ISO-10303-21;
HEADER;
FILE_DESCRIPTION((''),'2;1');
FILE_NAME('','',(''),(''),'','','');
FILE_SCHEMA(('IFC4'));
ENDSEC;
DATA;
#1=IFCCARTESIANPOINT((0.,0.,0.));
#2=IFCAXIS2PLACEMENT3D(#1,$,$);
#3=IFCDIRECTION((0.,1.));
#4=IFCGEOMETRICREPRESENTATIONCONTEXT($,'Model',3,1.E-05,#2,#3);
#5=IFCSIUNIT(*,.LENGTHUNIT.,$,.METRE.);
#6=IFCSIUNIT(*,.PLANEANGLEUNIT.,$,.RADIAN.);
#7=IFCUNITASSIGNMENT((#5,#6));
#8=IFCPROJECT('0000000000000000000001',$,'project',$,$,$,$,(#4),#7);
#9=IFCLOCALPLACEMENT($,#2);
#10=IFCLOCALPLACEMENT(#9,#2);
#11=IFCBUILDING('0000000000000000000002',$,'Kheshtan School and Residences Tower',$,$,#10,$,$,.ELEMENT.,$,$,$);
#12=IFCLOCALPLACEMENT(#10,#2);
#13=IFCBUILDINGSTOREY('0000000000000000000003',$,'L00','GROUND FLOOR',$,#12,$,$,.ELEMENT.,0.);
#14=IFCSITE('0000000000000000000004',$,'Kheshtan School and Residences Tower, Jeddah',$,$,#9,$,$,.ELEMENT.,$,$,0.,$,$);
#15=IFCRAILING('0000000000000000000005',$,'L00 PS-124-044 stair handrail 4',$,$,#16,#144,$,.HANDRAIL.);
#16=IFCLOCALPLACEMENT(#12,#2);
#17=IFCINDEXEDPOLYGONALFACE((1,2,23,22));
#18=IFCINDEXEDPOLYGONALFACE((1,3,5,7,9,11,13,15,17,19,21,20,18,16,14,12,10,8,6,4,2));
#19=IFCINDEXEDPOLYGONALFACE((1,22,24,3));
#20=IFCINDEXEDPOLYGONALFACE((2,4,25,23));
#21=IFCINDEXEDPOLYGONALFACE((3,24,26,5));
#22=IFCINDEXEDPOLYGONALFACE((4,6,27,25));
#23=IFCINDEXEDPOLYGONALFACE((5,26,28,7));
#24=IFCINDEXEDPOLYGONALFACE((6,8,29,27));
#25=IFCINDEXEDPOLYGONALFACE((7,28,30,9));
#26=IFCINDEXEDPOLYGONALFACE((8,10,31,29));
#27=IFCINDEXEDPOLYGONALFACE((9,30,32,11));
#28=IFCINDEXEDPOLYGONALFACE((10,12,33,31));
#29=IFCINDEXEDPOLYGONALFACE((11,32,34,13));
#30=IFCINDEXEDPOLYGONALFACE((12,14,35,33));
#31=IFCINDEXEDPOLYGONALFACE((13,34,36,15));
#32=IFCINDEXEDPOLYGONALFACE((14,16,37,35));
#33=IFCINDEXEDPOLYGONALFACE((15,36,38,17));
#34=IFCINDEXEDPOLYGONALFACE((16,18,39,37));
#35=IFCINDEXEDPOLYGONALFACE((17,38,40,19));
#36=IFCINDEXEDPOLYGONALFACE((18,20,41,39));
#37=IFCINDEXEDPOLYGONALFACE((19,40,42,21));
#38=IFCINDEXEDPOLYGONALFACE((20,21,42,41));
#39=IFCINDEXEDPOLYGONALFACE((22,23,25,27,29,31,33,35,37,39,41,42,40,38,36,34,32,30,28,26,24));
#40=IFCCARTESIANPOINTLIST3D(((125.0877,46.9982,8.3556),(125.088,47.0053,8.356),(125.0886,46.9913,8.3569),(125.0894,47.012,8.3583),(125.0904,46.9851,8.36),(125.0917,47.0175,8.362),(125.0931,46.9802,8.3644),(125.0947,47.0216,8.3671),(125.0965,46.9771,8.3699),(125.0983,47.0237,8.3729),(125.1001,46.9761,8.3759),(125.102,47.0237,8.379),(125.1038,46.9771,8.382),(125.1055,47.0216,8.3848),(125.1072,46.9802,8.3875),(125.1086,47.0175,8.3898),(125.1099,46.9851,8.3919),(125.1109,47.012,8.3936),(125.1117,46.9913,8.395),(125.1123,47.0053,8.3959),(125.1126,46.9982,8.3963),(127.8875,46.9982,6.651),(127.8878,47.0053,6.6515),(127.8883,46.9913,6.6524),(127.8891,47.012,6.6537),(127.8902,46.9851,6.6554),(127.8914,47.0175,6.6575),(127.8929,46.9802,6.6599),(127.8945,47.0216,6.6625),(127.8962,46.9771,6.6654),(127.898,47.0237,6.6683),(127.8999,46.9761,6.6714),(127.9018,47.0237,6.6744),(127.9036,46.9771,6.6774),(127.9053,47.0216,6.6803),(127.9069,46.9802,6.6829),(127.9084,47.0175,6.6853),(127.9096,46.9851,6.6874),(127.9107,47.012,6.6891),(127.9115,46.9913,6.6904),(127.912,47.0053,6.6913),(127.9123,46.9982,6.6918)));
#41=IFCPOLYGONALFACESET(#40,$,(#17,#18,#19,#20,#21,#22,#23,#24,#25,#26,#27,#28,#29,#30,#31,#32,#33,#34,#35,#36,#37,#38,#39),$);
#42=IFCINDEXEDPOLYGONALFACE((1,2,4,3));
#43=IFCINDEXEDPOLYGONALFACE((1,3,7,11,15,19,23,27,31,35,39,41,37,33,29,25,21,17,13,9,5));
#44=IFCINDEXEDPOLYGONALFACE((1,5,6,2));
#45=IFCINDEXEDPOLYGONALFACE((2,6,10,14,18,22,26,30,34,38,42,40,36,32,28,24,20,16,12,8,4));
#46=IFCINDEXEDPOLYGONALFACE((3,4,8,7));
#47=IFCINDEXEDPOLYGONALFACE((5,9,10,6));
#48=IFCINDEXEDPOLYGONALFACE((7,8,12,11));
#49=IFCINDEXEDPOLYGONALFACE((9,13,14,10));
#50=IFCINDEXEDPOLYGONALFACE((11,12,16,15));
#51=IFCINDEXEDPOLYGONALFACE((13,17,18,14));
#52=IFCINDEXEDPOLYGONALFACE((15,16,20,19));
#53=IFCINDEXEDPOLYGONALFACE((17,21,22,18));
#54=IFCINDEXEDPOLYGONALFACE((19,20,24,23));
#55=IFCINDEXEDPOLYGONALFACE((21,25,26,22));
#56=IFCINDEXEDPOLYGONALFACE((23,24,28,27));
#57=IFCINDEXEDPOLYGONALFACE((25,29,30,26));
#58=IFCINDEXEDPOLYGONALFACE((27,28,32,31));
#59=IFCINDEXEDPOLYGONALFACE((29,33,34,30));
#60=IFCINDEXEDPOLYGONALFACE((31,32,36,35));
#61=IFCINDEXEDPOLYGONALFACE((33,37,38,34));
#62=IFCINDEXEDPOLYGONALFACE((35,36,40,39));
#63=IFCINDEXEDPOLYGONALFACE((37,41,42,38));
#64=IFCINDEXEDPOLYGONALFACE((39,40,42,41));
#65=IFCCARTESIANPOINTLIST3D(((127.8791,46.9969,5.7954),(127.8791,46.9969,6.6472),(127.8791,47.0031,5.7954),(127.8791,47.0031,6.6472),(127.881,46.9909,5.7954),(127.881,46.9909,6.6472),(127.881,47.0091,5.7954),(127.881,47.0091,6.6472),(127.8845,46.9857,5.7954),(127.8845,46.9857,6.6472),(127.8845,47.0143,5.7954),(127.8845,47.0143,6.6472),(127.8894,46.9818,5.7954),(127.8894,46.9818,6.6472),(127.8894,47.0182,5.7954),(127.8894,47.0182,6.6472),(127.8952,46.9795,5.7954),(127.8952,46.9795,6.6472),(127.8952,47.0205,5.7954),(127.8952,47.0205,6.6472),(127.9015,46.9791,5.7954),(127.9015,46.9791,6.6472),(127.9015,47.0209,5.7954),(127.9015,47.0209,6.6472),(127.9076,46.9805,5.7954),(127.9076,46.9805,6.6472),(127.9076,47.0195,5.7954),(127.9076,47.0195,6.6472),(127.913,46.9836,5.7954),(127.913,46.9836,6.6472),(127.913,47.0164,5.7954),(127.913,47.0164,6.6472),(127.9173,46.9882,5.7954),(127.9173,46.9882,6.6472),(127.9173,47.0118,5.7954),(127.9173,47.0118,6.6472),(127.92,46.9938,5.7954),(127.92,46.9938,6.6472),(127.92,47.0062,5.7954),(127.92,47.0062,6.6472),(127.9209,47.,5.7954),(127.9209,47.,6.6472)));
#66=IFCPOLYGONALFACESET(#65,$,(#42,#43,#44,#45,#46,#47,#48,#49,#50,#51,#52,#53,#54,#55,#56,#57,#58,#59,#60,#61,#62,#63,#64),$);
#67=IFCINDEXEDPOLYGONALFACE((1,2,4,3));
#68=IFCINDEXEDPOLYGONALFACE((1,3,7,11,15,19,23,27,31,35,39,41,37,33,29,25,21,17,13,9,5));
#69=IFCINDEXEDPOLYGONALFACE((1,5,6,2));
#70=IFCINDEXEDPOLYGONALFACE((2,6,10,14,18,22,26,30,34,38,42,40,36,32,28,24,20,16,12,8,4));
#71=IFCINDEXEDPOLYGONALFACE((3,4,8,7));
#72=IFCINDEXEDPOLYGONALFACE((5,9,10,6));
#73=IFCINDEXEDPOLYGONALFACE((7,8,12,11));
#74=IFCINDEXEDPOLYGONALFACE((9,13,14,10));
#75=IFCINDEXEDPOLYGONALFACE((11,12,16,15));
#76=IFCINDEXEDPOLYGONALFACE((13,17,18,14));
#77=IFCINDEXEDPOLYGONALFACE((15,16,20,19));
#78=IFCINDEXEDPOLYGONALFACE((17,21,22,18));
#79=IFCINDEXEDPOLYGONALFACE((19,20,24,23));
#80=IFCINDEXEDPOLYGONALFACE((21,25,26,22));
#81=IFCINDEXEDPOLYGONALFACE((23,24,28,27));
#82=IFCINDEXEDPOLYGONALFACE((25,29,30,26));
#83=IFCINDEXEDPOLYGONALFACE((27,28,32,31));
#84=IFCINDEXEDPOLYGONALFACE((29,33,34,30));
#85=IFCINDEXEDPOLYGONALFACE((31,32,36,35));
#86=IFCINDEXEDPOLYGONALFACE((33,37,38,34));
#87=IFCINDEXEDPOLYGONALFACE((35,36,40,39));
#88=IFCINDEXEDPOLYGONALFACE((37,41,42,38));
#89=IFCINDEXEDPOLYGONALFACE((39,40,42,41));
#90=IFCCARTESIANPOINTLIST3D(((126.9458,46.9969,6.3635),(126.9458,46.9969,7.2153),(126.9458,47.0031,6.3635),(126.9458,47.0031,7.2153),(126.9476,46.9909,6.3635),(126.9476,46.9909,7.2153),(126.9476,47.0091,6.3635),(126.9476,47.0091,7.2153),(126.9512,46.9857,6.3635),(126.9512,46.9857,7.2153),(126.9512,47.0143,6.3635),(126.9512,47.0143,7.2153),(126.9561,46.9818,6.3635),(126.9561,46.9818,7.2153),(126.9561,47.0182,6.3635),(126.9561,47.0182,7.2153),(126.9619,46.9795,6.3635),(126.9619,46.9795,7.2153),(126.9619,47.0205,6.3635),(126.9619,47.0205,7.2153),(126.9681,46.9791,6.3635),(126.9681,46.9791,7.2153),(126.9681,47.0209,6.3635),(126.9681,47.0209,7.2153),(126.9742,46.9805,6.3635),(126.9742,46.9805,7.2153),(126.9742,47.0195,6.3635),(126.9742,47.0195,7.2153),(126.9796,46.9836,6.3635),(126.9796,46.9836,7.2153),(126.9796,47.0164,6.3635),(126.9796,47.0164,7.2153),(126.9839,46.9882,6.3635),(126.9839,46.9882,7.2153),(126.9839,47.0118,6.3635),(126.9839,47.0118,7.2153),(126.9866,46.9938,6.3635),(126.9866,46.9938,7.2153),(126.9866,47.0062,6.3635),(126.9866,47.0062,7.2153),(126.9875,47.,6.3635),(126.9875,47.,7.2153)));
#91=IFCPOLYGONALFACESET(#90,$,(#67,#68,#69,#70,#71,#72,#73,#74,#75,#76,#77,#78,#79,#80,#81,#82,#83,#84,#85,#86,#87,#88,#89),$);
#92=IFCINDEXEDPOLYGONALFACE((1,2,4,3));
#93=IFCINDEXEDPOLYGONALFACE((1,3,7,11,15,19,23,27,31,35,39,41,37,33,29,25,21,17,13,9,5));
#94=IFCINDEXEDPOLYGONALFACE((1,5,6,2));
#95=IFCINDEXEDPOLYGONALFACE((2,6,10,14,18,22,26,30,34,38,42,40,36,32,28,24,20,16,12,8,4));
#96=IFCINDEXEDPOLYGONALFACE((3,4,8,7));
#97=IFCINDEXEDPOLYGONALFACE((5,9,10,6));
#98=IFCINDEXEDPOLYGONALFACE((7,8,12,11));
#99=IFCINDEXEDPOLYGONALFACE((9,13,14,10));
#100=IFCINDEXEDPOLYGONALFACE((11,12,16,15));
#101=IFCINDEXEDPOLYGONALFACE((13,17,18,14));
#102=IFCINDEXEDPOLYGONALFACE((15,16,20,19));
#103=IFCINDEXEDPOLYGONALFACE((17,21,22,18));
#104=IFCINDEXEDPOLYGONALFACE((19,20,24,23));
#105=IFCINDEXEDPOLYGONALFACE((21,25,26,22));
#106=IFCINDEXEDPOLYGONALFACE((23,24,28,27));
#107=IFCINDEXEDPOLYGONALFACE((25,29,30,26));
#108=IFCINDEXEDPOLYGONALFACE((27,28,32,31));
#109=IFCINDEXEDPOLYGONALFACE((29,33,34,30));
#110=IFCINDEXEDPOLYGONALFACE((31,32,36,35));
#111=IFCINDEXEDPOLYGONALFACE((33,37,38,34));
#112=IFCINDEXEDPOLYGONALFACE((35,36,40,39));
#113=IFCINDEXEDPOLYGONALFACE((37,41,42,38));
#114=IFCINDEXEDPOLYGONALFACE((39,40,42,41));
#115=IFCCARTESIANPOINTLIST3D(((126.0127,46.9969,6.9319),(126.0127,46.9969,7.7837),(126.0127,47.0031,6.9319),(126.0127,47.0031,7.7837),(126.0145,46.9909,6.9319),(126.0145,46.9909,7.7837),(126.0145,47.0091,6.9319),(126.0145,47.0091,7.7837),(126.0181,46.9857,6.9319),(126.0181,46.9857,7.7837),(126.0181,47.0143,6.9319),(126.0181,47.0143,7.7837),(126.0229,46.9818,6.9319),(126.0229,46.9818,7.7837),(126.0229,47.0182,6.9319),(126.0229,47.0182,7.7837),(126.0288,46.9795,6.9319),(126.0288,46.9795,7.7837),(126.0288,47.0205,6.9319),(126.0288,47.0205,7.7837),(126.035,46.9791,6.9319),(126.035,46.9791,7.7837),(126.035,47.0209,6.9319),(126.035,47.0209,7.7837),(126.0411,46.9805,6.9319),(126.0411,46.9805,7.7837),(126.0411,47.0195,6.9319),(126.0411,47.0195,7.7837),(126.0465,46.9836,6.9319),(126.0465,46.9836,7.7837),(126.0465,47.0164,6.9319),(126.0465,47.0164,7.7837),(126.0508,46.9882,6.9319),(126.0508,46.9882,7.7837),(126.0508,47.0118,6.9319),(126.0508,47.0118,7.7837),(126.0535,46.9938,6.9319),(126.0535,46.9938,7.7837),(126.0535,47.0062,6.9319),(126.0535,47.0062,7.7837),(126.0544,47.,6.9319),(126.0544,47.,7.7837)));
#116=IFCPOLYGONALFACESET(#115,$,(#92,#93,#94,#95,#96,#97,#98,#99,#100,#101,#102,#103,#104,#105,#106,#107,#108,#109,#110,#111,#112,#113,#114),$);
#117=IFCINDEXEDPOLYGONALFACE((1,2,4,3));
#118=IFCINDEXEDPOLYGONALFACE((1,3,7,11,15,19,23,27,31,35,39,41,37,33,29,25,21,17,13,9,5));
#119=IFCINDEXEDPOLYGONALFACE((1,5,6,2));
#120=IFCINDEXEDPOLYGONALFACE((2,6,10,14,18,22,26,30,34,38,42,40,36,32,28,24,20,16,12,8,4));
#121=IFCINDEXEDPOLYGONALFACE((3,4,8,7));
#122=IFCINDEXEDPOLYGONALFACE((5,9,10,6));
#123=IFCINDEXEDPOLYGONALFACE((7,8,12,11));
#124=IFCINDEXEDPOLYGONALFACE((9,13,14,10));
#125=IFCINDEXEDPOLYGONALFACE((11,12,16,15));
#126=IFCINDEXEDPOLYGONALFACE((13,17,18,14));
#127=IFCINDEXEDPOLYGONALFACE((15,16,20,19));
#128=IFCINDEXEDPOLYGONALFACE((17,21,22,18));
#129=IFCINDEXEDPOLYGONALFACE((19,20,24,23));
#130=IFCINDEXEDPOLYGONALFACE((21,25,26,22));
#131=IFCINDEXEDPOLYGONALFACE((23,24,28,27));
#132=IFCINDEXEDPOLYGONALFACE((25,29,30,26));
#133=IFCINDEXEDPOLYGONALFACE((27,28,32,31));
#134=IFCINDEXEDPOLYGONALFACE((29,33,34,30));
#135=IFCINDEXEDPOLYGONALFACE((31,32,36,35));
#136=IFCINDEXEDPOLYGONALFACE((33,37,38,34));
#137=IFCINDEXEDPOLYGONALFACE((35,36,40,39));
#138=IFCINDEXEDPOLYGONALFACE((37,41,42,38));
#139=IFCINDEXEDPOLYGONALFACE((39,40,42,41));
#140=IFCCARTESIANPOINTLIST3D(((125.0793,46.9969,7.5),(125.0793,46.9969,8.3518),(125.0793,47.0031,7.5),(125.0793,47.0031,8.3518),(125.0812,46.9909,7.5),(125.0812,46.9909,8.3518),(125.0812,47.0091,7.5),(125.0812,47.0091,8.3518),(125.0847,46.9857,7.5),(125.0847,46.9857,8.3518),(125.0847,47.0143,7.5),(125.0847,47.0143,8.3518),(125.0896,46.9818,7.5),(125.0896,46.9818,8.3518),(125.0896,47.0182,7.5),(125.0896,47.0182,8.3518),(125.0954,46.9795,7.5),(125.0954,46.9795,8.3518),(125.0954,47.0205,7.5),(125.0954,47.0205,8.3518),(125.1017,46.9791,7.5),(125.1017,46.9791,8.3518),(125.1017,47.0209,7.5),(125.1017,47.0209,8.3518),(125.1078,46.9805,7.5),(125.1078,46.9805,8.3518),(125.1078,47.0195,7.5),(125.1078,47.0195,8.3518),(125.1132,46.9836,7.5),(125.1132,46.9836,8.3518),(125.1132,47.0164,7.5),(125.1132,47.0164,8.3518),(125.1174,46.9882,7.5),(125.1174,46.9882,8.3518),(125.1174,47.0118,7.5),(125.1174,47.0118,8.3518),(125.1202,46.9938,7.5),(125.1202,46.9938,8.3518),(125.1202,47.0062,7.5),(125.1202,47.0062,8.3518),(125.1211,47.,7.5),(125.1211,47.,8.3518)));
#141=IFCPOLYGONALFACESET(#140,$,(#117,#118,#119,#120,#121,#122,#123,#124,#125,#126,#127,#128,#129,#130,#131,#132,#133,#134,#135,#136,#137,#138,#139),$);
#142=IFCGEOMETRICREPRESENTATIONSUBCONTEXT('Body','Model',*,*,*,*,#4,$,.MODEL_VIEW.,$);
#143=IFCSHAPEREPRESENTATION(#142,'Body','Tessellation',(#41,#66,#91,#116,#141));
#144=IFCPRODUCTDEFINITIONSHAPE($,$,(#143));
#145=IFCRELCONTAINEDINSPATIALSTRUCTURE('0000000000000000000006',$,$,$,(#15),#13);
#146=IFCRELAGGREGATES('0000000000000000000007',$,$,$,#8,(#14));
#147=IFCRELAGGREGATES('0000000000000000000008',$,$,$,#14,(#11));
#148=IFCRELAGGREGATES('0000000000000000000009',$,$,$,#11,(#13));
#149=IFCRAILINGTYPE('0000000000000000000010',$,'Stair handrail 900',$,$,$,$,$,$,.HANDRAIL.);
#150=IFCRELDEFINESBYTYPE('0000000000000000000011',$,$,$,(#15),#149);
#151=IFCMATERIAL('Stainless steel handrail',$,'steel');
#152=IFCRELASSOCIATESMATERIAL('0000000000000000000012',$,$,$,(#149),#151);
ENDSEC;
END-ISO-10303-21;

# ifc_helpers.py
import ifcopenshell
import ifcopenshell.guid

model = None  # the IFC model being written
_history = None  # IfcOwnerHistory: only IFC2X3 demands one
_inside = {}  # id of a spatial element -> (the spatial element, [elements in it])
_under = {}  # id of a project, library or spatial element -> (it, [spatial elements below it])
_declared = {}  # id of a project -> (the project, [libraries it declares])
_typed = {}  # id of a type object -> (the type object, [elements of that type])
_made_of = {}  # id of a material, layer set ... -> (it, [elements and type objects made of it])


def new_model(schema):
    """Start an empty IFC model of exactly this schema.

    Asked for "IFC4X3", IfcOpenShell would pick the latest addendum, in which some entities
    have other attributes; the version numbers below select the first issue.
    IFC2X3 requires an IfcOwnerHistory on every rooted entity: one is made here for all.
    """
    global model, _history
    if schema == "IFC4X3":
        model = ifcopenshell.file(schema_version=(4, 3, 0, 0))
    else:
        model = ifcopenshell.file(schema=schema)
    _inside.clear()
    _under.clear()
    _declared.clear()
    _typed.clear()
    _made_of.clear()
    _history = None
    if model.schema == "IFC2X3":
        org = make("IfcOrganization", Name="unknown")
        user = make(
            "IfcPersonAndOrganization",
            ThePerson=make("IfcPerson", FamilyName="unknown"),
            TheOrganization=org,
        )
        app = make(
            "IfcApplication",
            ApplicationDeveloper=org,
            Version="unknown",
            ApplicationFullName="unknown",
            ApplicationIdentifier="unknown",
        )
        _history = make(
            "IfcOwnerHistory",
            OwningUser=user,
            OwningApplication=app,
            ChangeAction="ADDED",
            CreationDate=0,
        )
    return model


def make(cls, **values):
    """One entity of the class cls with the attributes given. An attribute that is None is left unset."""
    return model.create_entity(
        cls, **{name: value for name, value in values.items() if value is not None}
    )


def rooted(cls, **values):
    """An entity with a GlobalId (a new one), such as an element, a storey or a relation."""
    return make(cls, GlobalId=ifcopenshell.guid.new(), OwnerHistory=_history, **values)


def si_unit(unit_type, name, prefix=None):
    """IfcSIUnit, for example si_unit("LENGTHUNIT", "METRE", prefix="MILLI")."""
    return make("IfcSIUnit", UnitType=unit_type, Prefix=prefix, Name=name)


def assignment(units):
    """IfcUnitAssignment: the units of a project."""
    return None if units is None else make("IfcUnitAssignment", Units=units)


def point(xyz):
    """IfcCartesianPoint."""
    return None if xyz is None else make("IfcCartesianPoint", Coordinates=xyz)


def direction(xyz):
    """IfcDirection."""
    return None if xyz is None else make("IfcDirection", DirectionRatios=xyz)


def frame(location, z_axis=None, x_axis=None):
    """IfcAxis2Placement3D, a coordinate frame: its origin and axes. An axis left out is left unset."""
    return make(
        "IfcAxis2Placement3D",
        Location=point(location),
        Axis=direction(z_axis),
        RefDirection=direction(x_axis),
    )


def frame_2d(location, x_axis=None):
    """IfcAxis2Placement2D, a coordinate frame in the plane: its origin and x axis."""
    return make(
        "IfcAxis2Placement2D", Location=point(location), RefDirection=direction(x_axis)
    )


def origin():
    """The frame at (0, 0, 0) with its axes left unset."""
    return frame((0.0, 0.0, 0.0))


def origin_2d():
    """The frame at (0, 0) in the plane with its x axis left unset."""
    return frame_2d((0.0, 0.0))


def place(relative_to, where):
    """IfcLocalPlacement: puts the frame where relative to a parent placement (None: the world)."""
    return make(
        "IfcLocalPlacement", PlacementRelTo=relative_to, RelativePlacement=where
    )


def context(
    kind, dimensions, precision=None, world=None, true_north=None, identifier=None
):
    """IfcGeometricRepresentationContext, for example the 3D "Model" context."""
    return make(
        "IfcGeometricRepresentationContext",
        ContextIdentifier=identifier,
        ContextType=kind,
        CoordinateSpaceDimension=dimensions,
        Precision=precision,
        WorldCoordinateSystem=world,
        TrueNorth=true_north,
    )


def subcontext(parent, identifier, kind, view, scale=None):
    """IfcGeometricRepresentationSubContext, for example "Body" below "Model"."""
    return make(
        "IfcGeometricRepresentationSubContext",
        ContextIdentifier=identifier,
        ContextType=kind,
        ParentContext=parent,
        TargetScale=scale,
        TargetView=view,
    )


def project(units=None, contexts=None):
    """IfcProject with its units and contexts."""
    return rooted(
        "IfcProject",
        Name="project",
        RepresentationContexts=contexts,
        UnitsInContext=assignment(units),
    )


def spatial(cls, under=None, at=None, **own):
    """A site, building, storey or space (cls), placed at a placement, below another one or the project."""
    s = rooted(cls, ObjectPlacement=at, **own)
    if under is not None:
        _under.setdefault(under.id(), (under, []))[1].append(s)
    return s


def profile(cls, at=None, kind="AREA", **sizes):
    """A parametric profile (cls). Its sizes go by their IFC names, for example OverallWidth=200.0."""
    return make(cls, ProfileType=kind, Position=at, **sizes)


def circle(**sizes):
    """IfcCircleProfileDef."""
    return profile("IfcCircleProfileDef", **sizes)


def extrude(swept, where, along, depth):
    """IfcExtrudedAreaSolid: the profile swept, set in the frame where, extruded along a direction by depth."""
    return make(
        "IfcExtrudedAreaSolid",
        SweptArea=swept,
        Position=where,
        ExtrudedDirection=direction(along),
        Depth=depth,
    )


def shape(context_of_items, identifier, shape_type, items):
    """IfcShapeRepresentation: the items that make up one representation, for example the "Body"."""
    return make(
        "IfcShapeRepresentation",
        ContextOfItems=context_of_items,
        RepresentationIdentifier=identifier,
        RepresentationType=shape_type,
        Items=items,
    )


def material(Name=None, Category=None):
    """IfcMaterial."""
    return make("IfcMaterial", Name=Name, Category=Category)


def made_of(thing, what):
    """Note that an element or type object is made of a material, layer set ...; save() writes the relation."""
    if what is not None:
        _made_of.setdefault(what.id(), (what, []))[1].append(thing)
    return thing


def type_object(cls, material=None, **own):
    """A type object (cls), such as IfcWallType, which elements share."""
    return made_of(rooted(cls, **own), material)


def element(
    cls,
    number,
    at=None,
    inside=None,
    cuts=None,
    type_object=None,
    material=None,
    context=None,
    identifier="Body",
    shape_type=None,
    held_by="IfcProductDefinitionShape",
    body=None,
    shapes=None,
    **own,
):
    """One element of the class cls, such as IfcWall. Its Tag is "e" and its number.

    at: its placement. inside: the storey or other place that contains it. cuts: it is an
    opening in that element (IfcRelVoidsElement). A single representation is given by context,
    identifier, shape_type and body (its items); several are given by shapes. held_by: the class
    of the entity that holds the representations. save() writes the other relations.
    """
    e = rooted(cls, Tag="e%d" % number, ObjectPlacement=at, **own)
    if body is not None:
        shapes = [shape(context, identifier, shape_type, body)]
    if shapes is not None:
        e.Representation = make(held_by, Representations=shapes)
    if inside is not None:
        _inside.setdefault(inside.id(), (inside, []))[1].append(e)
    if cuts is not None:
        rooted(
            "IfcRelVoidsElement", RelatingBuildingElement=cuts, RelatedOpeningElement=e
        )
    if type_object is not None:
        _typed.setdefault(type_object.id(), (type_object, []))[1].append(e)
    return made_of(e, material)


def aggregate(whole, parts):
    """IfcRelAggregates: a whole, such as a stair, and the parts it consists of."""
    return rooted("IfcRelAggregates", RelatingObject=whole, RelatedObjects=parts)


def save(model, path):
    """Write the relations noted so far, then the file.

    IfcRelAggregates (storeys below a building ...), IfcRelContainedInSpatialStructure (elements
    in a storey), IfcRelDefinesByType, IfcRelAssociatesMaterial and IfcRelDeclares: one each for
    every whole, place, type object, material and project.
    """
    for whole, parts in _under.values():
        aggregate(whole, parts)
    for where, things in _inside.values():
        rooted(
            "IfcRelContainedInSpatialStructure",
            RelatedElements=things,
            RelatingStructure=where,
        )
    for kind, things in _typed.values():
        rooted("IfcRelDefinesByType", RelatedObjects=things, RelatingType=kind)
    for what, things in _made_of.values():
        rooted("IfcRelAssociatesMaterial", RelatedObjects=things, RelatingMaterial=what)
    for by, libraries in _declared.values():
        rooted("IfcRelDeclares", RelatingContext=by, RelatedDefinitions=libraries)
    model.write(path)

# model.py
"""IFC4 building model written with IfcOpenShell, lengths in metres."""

from ifc_helpers import new_model, si_unit, direction, frame, origin, origin_2d, place, context, subcontext, project, spatial, circle, extrude, material, type_object, element, save


model = new_model("IFC4")

# Units and contexts
model_context = context("Model", 3, precision=1e-05, world=origin(), true_north=direction((0.0, 1.0)))
body_context = subcontext(model_context, "Body", "Model", "MODEL_VIEW")
ifc_project = project(units=[si_unit("LENGTHUNIT", "METRE"), si_unit("PLANEANGLEUNIT", "RADIAN")], contexts=[model_context])

# Site, building, storey
site_placement = place(None, origin())
site = spatial("IfcSite", under=ifc_project, at=site_placement, Name="Kheshtan School and Residences Tower, Jeddah", CompositionType="ELEMENT", RefElevation=0.0)
building_placement = place(site_placement, origin())
building = spatial("IfcBuilding", under=site, at=building_placement, Name="Kheshtan School and Residences Tower", CompositionType="ELEMENT")
storey_placement = place(building_placement, origin())
storey = spatial("IfcBuildingStorey", under=building, at=storey_placement, Name="L00", Description="GROUND FLOOR", CompositionType="ELEMENT", Elevation=0.0)

# Railing
ifc_material_1 = material(Name="Stainless steel handrail", Category="steel")
railing_type_1 = type_object("IfcRailingType", Name="Stair handrail 900", PredefinedType="HANDRAIL", material=ifc_material_1)
for number, where, name in (
    (1, (127.8999, 47.0, 5.7954), "L00 PS-124-044 stair handrail 4"),
):
    element("IfcRailing", number, at=place(storey_placement, frame(where)), inside=storey, type_object=railing_type_1, Name=name, PredefinedType="HANDRAIL", context=body_context, shape_type="SweptSolid", body=[
        extrude(circle(Radius=0.0239, at=origin_2d()), frame((0.0, 0.0, 0.876), z_axis=(-0.85415, 0.0, 0.520027), x_axis=(0.0, -1.0, 0.0)), (0.0, 0.0, 1.0), 3.2778),
        extrude(circle(Radius=0.021, at=origin_2d()), origin(), (0.0, 0.0, 1.0), 0.8518),
        extrude(circle(Radius=0.021, at=origin_2d()), frame((-0.9333, 0.0, 0.5681)), (0.0, 0.0, 1.0), 0.8518),
        extrude(circle(Radius=0.021, at=origin_2d()), frame((-1.8665, 0.0, 1.1365)), (0.0, 0.0, 1.0), 0.8518),
        extrude(circle(Radius=0.021, at=origin_2d()), frame((-2.7998, 0.0, 1.7046)), (0.0, 0.0, 1.0), 0.8518),
    ])

save(model, "model.ifc")
